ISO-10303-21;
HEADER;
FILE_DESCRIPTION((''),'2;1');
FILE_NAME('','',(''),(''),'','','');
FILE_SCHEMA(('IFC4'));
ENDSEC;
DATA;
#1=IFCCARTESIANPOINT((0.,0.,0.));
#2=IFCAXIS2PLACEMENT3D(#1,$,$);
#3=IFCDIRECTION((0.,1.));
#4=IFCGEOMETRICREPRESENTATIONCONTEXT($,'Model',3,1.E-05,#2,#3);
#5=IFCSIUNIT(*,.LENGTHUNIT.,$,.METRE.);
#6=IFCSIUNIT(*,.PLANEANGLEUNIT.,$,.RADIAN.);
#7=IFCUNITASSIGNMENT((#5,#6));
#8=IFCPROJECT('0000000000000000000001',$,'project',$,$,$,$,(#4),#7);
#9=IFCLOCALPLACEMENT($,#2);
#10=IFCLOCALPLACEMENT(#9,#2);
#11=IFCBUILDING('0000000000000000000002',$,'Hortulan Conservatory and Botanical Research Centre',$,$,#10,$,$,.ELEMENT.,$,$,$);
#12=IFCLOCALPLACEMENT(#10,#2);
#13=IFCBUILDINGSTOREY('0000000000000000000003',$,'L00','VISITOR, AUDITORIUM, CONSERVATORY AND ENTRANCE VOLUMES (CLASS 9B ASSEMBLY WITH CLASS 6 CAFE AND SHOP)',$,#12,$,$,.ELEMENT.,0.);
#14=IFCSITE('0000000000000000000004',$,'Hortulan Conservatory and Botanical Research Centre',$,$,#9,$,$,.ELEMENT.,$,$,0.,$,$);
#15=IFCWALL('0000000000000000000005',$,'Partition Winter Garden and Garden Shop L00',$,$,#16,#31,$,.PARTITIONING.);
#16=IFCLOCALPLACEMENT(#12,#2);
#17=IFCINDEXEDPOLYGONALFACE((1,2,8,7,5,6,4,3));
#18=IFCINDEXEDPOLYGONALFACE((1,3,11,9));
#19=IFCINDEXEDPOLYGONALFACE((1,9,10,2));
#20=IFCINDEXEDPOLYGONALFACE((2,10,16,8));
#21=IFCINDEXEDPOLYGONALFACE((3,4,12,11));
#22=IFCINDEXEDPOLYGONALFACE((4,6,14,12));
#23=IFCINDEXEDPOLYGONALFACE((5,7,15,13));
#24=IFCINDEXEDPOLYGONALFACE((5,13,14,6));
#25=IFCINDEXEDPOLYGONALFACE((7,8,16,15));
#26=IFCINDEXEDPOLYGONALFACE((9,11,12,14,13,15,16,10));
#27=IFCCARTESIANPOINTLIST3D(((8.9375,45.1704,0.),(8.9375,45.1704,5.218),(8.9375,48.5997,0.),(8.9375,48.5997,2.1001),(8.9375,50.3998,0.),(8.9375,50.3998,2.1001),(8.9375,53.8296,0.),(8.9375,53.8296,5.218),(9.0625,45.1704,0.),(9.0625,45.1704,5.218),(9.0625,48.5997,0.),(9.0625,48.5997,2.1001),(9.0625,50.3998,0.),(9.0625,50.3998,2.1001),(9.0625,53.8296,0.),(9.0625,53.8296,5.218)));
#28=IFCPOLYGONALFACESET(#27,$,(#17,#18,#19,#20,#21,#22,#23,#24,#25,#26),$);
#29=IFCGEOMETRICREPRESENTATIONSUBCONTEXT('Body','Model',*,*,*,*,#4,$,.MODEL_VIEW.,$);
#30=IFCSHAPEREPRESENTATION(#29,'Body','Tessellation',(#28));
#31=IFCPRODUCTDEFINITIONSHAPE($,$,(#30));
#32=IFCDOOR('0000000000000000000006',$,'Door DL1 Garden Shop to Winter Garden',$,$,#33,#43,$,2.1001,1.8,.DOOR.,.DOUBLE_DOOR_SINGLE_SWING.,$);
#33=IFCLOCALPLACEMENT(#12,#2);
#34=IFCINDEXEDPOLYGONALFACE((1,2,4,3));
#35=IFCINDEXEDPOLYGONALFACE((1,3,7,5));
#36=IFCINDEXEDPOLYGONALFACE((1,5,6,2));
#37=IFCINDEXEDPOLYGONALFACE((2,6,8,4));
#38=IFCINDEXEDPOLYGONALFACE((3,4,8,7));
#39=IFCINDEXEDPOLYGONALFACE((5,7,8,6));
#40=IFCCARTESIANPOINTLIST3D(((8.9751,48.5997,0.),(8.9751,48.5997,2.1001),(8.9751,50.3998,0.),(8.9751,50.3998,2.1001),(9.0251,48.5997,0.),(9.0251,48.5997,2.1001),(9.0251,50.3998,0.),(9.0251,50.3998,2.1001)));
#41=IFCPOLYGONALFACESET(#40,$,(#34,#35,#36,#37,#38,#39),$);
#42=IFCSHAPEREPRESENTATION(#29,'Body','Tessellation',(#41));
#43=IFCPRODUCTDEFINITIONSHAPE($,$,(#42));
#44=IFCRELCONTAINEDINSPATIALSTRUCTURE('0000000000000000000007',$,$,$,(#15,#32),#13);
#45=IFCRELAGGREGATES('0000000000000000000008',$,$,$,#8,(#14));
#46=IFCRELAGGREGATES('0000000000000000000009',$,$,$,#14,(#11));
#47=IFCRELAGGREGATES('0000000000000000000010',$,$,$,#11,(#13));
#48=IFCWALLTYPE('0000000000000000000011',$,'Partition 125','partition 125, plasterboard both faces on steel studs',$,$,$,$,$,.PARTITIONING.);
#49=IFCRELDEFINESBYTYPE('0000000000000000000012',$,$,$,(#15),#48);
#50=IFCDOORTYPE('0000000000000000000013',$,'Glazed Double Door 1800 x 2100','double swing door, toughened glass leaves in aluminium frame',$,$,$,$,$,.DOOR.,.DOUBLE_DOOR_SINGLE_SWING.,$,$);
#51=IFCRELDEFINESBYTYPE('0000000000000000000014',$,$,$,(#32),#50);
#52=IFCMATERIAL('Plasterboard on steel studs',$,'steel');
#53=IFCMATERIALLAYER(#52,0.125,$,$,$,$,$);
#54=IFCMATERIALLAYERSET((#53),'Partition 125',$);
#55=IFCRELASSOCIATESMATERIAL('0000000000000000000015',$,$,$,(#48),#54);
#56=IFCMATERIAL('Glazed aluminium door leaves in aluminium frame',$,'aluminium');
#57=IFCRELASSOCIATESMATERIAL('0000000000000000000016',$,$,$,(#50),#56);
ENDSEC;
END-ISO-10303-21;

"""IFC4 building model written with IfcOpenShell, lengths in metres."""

from ifc_helpers import new_model, si_unit, direction, frame, frame_2d, origin, place, context, subcontext, project, spatial, rectangle, extrude, material, layer, layer_set, type_object, element, fill, save


model = new_model("IFC4")

# Units and contexts
model_context = context("Model", 3, precision=1e-05, world=origin(), true_north=direction((0.0, 1.0)))
body_context = subcontext(model_context, "Body", "Model", "MODEL_VIEW")
ifc_project = project(units=[si_unit("LENGTHUNIT", "METRE"), si_unit("PLANEANGLEUNIT", "RADIAN")], contexts=[model_context])

# Site, building, storey
site_placement = place(None, origin())
site = spatial("IfcSite", under=ifc_project, at=site_placement, Name="Hortulan Conservatory and Botanical Research Centre", CompositionType="ELEMENT", RefElevation=0.0)
building_placement = place(site_placement, origin())
building = spatial("IfcBuilding", under=site, at=building_placement, Name="Hortulan Conservatory and Botanical Research Centre", CompositionType="ELEMENT")
storey_placement = place(building_placement, origin())
storey = spatial("IfcBuildingStorey", under=building, at=storey_placement, Name="L00", Description="VISITOR, AUDITORIUM, CONSERVATORY AND ENTRANCE VOLUMES (CLASS 9B ASSEMBLY WITH CLASS 6 CAFE AND SHOP)", CompositionType="ELEMENT", Elevation=0.0)

# Wall, opening, door
ifc_material_1 = material(Name="Plasterboard on steel studs", Category="steel")
ifc_layer_1 = layer(ifc_material_1, 0.125)
ifc_layer_set_1 = layer_set([ifc_layer_1], Name="Partition 125")
wall_type_1 = type_object("IfcWallType", Name="Partition 125", Description="partition 125, plasterboard both faces on steel studs", PredefinedType="PARTITIONING", material=ifc_layer_set_1)
wall_1_placement = place(storey_placement, frame((9.0, 45.1704, 0.0), z_axis=(0.0, 0.0, 1.0), x_axis=(0.0, 1.0, 0.0)))
wall_1 = element("IfcWall", 1, at=wall_1_placement, inside=storey, type_object=wall_type_1, Name="Partition Winter Garden and Garden Shop L00", PredefinedType="PARTITIONING", context=body_context, shape_type="SweptSolid", body=[
    extrude(rectangle(XDim=8.6592, YDim=0.125, at=frame_2d((4.3296, 0.0))), origin(), (0.0, 0.0, 1.0), 5.218),
])
opening_1_placement = place(wall_1_placement, frame((3.4294, 0.0, 0.0)))
opening_1 = element("IfcOpeningElement", 2, at=opening_1_placement, cuts=wall_1, PredefinedType="OPENING", context=body_context, shape_type="SweptSolid", body=[
    extrude(rectangle(XDim=1.8, YDim=2.1001, at=frame_2d((0.8999, 1.05))), frame((0.0, 0.0725, 0.0), z_axis=(0.0, -1.0, 0.0), x_axis=(1.0, 0.0, 0.0)), (0.0, 0.0, 1.0), 0.145),
])
ifc_material_2 = material(Name="Glazed aluminium door leaves in aluminium frame", Category="aluminium")
door_type_1 = type_object("IfcDoorType", Name="Glazed Double Door 1800 x 2100", Description="double swing door, toughened glass leaves in aluminium frame", OperationType="DOUBLE_DOOR_SINGLE_SWING", PredefinedType="DOOR", material=ifc_material_2)
door_1_placement = place(opening_1_placement, origin())
door_1 = element("IfcDoor", 3, at=door_1_placement, inside=storey, type_object=door_type_1, Name="Door DL1 Garden Shop to Winter Garden", OperationType="DOUBLE_DOOR_SINGLE_SWING", OverallHeight=2.1001, OverallWidth=1.8, PredefinedType="DOOR", context=body_context, shape_type="SweptSolid", body=[
    extrude(rectangle(XDim=1.8, YDim=2.1001, at=frame_2d((0.8999, 1.05))), frame((0.0, 0.0249, 0.0), z_axis=(0.0, -1.0, 0.0), x_axis=(1.0, 0.0, 0.0)), (0.0, 0.0, 1.0), 0.05),
])
fill(opening_1, door_1)

save(model, "model.ifc")
